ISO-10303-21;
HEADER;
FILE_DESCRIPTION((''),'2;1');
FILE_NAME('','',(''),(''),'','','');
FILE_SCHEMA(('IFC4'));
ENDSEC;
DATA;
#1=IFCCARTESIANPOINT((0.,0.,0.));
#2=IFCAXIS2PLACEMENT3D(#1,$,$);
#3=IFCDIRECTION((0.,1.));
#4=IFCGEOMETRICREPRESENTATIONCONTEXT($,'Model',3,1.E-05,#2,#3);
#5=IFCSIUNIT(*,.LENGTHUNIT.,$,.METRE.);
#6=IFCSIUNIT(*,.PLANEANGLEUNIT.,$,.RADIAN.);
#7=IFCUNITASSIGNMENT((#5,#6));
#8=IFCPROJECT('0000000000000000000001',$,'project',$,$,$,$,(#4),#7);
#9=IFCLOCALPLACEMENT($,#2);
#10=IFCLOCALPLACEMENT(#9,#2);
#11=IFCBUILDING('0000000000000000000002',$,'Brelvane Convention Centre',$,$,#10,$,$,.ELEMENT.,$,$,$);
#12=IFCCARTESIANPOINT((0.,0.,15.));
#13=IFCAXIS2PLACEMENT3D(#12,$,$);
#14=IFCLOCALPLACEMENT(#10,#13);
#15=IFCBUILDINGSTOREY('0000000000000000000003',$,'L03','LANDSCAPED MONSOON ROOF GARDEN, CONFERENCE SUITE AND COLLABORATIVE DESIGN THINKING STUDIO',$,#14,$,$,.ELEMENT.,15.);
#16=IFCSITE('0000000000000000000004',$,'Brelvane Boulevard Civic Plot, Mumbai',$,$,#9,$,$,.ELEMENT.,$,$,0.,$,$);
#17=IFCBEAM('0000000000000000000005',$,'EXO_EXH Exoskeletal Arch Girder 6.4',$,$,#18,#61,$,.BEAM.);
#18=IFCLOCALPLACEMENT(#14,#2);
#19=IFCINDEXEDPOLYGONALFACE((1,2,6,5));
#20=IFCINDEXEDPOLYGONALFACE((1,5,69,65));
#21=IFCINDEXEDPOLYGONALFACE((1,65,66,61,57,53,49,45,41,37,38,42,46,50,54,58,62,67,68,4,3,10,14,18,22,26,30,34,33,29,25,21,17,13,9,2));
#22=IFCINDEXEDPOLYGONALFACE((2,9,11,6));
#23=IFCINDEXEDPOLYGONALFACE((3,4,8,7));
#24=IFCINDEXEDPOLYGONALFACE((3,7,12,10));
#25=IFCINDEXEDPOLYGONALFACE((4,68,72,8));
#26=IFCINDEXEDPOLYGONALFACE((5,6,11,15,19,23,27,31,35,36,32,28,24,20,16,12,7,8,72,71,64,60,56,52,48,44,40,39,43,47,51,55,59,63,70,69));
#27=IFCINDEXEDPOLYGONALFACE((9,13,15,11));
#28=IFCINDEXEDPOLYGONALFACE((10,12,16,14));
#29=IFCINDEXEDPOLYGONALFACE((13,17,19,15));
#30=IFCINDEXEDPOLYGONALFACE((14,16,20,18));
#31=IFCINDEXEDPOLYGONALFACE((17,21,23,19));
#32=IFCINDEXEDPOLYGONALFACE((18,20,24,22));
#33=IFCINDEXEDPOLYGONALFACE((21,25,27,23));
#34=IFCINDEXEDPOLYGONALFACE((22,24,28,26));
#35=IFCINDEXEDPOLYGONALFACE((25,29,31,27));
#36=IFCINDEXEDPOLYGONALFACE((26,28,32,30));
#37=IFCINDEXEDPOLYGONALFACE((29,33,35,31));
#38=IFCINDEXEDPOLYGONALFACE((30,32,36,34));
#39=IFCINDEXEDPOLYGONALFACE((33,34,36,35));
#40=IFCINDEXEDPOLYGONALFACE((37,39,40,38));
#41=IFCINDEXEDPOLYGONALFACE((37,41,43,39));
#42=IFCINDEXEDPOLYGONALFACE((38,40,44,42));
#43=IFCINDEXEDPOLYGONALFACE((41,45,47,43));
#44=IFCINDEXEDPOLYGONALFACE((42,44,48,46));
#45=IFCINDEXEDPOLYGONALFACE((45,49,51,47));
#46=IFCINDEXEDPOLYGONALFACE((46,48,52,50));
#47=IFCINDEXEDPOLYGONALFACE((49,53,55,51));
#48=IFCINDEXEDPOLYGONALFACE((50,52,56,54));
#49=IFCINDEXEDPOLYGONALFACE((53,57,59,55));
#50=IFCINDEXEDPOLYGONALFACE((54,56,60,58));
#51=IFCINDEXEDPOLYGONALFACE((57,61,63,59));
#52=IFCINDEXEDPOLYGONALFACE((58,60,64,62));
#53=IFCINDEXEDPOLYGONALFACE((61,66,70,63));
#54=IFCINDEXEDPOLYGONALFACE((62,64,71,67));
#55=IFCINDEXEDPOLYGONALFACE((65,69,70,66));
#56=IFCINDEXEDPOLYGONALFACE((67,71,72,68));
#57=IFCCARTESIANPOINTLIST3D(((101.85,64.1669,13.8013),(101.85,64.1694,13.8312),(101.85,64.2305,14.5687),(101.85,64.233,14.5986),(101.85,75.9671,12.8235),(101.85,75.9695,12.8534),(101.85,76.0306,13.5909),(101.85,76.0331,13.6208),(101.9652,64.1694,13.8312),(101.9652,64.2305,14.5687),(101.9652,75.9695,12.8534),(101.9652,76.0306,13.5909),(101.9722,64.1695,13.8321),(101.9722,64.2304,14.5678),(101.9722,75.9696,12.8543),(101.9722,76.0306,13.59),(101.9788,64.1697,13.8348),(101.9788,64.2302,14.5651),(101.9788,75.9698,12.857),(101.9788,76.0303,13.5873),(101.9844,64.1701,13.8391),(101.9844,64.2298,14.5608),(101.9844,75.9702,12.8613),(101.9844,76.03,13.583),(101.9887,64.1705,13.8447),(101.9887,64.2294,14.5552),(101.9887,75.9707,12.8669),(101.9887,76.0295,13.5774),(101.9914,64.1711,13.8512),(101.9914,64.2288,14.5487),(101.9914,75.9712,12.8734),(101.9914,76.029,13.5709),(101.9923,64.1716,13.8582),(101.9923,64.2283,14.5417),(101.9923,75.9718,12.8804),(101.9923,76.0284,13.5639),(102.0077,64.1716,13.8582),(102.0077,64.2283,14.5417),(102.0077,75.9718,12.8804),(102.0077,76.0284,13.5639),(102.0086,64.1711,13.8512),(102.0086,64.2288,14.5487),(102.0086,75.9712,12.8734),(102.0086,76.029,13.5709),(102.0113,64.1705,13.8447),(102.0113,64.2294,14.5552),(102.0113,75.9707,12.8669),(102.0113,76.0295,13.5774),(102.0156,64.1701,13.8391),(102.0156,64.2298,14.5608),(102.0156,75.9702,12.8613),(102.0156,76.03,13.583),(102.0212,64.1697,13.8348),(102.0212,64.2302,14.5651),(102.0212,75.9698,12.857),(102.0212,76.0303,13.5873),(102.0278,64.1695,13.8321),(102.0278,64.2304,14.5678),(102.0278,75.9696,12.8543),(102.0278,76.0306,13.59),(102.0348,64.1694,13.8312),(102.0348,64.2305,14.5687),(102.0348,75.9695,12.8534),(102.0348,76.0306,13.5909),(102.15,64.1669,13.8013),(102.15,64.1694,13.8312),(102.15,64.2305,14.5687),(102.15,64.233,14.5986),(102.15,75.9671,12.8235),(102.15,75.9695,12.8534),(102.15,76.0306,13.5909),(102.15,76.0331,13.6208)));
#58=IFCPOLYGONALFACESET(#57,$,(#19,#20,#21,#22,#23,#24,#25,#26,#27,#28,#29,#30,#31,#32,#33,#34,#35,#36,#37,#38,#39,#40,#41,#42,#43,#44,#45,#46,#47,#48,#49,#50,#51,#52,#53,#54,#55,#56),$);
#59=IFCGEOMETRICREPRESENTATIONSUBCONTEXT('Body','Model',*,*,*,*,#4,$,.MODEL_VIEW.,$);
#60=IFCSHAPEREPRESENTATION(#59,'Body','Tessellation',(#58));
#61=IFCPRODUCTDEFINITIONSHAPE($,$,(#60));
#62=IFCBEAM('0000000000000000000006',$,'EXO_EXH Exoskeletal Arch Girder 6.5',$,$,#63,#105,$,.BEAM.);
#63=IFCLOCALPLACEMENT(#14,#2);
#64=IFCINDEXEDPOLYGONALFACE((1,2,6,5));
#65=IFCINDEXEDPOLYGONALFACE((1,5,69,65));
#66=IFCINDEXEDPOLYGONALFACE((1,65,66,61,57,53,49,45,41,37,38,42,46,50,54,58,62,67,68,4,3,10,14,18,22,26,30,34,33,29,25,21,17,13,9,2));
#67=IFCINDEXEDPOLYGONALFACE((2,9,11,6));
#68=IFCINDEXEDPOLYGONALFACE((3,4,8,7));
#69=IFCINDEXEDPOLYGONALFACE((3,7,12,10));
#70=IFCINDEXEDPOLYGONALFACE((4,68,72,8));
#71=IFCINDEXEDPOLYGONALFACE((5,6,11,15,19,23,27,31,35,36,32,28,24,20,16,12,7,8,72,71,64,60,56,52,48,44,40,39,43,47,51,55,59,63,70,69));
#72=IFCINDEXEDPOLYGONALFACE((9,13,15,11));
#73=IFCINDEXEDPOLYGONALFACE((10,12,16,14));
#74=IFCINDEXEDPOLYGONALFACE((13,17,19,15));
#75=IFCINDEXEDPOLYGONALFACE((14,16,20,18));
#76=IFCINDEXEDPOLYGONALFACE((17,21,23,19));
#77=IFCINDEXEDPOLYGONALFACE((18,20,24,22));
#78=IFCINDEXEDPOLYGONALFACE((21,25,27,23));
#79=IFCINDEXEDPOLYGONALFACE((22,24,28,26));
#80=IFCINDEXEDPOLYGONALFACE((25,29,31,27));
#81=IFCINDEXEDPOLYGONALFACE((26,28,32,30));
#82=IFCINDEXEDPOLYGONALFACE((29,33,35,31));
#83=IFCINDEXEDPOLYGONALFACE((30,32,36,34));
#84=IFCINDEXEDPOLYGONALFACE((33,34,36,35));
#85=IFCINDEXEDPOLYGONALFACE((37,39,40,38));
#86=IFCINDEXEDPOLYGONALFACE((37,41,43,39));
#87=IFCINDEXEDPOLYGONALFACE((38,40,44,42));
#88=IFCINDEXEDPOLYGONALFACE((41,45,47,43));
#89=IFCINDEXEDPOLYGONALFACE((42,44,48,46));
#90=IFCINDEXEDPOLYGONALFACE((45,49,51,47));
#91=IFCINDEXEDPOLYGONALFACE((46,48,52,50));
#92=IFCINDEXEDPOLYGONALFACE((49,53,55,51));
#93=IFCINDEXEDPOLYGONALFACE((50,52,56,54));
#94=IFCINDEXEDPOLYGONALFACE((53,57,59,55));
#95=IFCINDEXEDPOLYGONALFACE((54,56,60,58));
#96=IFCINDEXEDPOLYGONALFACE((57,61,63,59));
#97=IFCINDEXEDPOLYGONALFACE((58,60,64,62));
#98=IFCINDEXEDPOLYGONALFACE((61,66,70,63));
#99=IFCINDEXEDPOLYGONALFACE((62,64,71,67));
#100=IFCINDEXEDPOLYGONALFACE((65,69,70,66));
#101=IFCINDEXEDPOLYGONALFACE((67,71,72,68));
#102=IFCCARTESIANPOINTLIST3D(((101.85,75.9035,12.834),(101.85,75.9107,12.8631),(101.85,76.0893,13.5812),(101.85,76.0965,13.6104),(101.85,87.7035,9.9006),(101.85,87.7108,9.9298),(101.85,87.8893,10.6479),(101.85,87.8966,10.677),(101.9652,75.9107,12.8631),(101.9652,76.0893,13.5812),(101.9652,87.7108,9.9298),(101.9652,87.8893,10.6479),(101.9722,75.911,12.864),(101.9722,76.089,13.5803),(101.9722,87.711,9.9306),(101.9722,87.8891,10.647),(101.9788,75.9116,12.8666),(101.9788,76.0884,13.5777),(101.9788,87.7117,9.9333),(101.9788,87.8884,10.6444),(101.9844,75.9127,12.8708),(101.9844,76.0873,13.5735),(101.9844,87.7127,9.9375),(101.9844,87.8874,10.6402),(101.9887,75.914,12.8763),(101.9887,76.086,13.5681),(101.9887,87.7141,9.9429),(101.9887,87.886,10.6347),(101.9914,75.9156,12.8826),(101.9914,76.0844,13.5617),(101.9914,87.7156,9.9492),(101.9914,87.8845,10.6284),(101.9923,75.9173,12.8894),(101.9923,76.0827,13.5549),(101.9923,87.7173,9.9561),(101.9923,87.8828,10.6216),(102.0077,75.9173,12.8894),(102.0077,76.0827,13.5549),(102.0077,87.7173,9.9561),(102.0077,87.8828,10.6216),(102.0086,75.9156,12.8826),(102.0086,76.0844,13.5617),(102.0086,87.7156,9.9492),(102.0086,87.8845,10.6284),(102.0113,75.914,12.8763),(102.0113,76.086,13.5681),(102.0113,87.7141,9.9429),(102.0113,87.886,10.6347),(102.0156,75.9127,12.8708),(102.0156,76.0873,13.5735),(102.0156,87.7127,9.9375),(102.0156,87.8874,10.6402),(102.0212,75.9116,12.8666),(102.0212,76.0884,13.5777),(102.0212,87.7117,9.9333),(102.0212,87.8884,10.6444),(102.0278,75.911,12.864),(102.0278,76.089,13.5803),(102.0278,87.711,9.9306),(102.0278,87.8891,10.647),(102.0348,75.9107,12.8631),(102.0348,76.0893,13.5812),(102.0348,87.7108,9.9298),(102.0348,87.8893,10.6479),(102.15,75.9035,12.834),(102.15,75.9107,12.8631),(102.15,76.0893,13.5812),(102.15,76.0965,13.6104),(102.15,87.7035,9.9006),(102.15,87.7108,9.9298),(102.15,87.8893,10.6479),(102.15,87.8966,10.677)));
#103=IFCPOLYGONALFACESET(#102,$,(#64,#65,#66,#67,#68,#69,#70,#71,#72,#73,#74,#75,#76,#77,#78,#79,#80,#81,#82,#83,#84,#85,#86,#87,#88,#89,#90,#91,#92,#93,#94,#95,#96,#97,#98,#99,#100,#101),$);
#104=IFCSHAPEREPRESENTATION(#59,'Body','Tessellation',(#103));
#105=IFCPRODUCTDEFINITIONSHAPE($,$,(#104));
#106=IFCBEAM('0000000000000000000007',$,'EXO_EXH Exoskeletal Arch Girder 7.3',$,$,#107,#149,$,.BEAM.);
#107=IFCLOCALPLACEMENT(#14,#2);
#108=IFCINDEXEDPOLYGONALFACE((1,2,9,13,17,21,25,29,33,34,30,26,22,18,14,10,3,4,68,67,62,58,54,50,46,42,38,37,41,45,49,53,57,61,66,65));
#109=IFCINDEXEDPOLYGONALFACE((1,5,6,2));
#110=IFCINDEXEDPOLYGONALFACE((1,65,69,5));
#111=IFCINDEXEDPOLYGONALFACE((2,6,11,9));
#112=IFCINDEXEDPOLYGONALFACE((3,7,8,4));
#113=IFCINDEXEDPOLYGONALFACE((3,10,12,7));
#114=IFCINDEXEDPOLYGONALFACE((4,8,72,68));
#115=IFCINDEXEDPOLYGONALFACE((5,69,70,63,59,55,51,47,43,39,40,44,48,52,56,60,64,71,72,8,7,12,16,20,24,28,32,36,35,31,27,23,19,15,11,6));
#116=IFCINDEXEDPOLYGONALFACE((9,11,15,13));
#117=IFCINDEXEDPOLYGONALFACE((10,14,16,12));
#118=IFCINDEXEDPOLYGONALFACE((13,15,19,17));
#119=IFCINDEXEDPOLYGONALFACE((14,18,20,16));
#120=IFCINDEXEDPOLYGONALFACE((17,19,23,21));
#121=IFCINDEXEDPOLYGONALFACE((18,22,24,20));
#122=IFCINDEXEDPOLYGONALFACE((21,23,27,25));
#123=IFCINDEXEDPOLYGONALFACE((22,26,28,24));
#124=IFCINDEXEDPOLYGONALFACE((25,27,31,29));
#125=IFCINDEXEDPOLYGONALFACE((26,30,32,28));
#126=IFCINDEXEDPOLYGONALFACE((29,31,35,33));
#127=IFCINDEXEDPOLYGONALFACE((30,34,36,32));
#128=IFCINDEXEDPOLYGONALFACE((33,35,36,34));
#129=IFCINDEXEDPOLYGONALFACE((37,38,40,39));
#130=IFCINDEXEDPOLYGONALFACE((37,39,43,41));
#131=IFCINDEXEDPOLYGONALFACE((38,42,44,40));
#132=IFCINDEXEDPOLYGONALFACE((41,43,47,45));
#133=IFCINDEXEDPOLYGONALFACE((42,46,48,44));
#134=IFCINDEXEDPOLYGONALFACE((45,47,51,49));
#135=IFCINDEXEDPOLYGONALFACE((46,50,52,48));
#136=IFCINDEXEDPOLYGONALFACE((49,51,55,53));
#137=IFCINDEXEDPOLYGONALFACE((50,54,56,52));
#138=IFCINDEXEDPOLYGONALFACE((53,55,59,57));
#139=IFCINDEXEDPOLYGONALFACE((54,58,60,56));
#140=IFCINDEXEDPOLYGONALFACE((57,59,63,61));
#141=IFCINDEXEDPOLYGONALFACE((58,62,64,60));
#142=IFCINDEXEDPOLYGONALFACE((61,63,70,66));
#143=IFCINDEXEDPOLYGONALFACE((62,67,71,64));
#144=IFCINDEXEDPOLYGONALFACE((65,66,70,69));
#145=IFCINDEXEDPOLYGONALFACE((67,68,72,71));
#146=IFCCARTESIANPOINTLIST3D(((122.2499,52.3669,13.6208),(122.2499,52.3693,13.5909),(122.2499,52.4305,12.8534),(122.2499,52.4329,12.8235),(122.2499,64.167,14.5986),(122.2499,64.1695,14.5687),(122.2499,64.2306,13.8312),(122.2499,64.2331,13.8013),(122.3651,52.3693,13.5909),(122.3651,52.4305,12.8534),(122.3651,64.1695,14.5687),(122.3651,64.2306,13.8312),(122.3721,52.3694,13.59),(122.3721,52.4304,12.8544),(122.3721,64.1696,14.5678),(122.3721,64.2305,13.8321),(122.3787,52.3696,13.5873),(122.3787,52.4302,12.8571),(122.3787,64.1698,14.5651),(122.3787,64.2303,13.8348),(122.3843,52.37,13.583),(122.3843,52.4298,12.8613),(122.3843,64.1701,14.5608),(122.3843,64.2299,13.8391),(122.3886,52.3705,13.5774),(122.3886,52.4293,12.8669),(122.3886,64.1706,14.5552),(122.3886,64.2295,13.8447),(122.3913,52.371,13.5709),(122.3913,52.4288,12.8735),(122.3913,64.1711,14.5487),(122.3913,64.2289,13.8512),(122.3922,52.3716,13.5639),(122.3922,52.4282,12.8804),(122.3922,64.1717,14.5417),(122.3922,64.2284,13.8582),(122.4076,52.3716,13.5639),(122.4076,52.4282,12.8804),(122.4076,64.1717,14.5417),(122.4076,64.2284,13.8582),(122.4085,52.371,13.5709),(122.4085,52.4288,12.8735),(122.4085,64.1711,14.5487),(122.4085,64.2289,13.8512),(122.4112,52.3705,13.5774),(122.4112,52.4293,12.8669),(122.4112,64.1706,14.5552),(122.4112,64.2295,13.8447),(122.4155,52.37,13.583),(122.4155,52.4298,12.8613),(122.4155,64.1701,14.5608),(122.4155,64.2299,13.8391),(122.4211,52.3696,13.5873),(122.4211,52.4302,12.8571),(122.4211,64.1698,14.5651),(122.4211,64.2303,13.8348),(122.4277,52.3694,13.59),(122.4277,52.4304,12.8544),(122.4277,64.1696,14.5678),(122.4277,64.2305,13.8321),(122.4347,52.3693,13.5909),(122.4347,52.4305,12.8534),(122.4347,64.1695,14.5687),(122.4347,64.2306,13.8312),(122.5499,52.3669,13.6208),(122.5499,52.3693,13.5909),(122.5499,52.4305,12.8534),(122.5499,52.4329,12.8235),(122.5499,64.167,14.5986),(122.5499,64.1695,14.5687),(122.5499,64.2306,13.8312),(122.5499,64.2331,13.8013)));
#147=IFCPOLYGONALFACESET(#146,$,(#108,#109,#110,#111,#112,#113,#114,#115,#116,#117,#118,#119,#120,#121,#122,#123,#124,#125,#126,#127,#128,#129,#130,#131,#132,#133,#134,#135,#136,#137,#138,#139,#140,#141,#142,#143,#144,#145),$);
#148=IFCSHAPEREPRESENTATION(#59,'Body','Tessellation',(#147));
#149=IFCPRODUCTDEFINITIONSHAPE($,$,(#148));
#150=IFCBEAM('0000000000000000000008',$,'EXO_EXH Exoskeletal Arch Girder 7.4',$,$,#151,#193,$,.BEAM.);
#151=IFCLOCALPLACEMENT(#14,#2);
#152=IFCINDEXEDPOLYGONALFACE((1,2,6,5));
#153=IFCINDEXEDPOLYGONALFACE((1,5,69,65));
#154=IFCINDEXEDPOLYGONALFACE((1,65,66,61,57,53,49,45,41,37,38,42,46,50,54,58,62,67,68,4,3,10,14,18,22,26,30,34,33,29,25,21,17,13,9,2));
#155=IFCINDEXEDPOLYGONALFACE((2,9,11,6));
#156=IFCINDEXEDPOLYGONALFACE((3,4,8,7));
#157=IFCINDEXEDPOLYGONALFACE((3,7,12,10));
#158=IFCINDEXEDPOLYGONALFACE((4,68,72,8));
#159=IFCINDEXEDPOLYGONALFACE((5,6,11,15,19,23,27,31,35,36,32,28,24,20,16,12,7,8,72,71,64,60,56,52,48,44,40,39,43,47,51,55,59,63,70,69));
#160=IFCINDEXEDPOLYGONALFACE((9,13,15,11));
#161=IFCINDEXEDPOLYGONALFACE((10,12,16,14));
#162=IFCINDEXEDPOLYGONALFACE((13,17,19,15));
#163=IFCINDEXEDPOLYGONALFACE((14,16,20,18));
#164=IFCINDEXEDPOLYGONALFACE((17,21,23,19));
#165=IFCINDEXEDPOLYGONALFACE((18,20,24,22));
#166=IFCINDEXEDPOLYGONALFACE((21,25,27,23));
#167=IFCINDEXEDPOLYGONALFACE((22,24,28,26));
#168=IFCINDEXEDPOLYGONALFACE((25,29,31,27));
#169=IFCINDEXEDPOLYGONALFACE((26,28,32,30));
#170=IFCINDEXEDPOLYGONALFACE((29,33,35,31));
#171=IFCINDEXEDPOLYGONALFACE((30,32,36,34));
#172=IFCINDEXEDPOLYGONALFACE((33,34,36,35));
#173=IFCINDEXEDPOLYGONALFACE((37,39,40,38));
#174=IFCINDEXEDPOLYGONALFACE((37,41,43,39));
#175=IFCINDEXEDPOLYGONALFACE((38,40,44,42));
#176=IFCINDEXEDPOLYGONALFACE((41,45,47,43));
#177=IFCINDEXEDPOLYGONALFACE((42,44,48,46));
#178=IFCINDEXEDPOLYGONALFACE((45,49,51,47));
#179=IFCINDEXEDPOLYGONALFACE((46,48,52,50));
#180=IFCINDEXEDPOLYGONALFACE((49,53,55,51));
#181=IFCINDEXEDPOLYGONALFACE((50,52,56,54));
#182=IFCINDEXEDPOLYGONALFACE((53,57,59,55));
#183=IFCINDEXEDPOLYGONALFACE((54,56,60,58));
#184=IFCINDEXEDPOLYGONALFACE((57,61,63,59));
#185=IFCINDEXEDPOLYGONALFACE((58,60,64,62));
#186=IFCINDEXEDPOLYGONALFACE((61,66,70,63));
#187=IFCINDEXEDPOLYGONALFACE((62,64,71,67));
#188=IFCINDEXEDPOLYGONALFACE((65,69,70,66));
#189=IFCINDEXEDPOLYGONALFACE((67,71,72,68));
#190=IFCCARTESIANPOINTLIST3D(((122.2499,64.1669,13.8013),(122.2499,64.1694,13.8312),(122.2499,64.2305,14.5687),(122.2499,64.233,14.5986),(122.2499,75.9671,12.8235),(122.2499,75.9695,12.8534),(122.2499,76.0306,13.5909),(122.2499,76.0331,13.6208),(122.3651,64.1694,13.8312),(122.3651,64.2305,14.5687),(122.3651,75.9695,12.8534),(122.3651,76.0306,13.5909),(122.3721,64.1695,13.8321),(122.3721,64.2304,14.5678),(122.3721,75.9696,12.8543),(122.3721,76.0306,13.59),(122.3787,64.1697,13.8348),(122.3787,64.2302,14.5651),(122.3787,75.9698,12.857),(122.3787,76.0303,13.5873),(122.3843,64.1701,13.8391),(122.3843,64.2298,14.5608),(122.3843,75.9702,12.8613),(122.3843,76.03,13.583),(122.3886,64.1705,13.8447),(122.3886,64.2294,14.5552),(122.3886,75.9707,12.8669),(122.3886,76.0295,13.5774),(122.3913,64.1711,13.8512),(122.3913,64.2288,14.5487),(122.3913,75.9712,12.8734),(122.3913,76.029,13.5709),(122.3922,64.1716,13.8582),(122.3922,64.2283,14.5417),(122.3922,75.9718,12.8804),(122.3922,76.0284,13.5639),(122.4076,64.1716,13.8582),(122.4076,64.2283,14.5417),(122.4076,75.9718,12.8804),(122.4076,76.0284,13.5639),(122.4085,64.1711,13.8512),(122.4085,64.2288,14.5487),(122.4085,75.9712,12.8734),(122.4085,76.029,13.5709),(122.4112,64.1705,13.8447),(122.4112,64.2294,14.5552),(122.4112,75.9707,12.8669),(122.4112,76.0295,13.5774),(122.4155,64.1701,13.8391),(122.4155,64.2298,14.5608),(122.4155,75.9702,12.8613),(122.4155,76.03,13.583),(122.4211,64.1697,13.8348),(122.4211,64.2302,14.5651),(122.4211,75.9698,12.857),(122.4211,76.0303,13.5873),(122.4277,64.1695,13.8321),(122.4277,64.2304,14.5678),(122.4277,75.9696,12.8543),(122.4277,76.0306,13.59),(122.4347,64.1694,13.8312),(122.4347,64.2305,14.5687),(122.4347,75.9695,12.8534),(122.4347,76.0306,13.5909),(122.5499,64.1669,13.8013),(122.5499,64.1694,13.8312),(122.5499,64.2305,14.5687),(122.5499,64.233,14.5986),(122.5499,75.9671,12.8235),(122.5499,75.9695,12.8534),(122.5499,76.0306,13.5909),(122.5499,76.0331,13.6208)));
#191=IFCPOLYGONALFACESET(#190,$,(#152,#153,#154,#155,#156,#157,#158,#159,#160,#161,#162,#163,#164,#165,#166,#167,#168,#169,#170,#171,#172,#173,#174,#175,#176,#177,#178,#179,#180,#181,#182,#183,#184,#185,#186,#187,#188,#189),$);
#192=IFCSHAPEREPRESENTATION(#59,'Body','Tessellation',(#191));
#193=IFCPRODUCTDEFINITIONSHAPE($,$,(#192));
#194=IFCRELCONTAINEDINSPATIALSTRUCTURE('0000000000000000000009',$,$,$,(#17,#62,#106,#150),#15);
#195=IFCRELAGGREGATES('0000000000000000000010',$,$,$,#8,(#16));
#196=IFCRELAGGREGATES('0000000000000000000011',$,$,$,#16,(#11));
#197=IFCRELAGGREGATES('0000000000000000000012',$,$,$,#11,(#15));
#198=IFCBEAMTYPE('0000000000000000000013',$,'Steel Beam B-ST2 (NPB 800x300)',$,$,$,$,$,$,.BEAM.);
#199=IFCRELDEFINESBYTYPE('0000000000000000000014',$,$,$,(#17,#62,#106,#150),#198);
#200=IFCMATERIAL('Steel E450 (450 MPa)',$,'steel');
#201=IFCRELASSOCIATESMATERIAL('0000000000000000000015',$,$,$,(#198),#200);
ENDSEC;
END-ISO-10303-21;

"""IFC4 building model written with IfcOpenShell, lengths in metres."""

from ifc_helpers import new_model, si_unit, direction, frame, origin, origin_2d, place, context, subcontext, project, spatial, i_section, extrude, material, material_profile, profile_set, type_object, element, save


model = new_model("IFC4")

# Units and contexts
model_context = context("Model", 3, precision=1e-05, world=origin(), true_north=direction((0.0, 1.0)))
body_context = subcontext(model_context, "Body", "Model", "MODEL_VIEW")
ifc_project = project(units=[si_unit("LENGTHUNIT", "METRE"), si_unit("PLANEANGLEUNIT", "RADIAN")], contexts=[model_context])

# Site, building, storey
site_placement = place(None, origin())
site = spatial("IfcSite", under=ifc_project, at=site_placement, Name="Brelvane Boulevard Civic Plot, Mumbai", CompositionType="ELEMENT", RefElevation=0.0)
building_placement = place(site_placement, origin())
building = spatial("IfcBuilding", under=site, at=building_placement, Name="Brelvane Convention Centre", CompositionType="ELEMENT")
storey_placement = place(building_placement, frame((0.0, 0.0, 15.0)))
storey = spatial("IfcBuildingStorey", under=building, at=storey_placement, Name="L03", Description="LANDSCAPED MONSOON ROOF GARDEN, CONFERENCE SUITE AND COLLABORATIVE DESIGN THINKING STUDIO", CompositionType="ELEMENT", Elevation=15.0)

# Beams
ifc_material_1 = material(Name="Steel E450 (450 MPa)", Category="steel")
ifc_material_profile_1 = material_profile(ifc_material_1, i_section(OverallWidth=0.3, OverallDepth=0.8, WebThickness=0.0154, FlangeThickness=0.03, FilletRadius=0.0271, at=origin_2d()), Name="NPB 800x300")
ifc_profile_set_1 = profile_set([ifc_material_profile_1], Name="Steel E450 (450 MPa)")
beam_type = type_object("IfcBeamType", Name="Steel Beam B-ST2 (NPB 800x300)", PredefinedType="BEAM", material=ifc_profile_set_1)
beam_1_placement = place(storey_placement, frame((102.0, 64.2, 14.2), z_axis=(0.0, 0.996584, -0.08258), x_axis=(-1.0, 0.0, 0.0)))
element("IfcBeam", 1, at=beam_1_placement, inside=storey, type_object=beam_type, Name="EXO_EXH Exoskeletal Arch Girder 6.4", PredefinedType="BEAM", context=body_context, shape_type="SweptSolid", body=[
    extrude(i_section(OverallWidth=0.3, OverallDepth=0.8, WebThickness=0.0154, FlangeThickness=0.03, FilletRadius=0.0271, at=origin_2d()), origin(), (0.0, 0.0, 1.0), 11.8406),
])
beam_2_placement = place(storey_placement, frame((102.0, 76.0, 13.2222), z_axis=(0.0, 0.970464, -0.241246), x_axis=(-1.0, 0.0, 0.0)))
element("IfcBeam", 2, at=beam_2_placement, inside=storey, type_object=beam_type, Name="EXO_EXH Exoskeletal Arch Girder 6.5", PredefinedType="BEAM", context=body_context, shape_type="SweptSolid", body=[
    extrude(i_section(OverallWidth=0.3, OverallDepth=0.8, WebThickness=0.0154, FlangeThickness=0.03, FilletRadius=0.0271, at=origin_2d()), origin(), (0.0, 0.0, 1.0), 12.1592),
])
for number, where, z_axis, x_axis, name in (
    (3, (122.3999, 52.3999, 13.2222), (0.0, 0.996584, 0.08258), (-1.0, 0.0, 0.0), "EXO_EXH Exoskeletal Arch Girder 7.3"),
    (4, (122.3999, 64.2, 14.2), (0.0, 0.996584, -0.08258), (-1.0, 0.0, 0.0), "EXO_EXH Exoskeletal Arch Girder 7.4"),
):
    element("IfcBeam", number, at=place(storey_placement, frame(where, z_axis=z_axis, x_axis=x_axis)), inside=storey, type_object=beam_type, Name=name, PredefinedType="BEAM", context=body_context, shape_type="SweptSolid", body=[
        extrude(i_section(OverallWidth=0.3, OverallDepth=0.8, WebThickness=0.0154, FlangeThickness=0.03, FilletRadius=0.0271, at=origin_2d()), origin(), (0.0, 0.0, 1.0), 11.8406),
    ])

save(model, "model.ifc")
